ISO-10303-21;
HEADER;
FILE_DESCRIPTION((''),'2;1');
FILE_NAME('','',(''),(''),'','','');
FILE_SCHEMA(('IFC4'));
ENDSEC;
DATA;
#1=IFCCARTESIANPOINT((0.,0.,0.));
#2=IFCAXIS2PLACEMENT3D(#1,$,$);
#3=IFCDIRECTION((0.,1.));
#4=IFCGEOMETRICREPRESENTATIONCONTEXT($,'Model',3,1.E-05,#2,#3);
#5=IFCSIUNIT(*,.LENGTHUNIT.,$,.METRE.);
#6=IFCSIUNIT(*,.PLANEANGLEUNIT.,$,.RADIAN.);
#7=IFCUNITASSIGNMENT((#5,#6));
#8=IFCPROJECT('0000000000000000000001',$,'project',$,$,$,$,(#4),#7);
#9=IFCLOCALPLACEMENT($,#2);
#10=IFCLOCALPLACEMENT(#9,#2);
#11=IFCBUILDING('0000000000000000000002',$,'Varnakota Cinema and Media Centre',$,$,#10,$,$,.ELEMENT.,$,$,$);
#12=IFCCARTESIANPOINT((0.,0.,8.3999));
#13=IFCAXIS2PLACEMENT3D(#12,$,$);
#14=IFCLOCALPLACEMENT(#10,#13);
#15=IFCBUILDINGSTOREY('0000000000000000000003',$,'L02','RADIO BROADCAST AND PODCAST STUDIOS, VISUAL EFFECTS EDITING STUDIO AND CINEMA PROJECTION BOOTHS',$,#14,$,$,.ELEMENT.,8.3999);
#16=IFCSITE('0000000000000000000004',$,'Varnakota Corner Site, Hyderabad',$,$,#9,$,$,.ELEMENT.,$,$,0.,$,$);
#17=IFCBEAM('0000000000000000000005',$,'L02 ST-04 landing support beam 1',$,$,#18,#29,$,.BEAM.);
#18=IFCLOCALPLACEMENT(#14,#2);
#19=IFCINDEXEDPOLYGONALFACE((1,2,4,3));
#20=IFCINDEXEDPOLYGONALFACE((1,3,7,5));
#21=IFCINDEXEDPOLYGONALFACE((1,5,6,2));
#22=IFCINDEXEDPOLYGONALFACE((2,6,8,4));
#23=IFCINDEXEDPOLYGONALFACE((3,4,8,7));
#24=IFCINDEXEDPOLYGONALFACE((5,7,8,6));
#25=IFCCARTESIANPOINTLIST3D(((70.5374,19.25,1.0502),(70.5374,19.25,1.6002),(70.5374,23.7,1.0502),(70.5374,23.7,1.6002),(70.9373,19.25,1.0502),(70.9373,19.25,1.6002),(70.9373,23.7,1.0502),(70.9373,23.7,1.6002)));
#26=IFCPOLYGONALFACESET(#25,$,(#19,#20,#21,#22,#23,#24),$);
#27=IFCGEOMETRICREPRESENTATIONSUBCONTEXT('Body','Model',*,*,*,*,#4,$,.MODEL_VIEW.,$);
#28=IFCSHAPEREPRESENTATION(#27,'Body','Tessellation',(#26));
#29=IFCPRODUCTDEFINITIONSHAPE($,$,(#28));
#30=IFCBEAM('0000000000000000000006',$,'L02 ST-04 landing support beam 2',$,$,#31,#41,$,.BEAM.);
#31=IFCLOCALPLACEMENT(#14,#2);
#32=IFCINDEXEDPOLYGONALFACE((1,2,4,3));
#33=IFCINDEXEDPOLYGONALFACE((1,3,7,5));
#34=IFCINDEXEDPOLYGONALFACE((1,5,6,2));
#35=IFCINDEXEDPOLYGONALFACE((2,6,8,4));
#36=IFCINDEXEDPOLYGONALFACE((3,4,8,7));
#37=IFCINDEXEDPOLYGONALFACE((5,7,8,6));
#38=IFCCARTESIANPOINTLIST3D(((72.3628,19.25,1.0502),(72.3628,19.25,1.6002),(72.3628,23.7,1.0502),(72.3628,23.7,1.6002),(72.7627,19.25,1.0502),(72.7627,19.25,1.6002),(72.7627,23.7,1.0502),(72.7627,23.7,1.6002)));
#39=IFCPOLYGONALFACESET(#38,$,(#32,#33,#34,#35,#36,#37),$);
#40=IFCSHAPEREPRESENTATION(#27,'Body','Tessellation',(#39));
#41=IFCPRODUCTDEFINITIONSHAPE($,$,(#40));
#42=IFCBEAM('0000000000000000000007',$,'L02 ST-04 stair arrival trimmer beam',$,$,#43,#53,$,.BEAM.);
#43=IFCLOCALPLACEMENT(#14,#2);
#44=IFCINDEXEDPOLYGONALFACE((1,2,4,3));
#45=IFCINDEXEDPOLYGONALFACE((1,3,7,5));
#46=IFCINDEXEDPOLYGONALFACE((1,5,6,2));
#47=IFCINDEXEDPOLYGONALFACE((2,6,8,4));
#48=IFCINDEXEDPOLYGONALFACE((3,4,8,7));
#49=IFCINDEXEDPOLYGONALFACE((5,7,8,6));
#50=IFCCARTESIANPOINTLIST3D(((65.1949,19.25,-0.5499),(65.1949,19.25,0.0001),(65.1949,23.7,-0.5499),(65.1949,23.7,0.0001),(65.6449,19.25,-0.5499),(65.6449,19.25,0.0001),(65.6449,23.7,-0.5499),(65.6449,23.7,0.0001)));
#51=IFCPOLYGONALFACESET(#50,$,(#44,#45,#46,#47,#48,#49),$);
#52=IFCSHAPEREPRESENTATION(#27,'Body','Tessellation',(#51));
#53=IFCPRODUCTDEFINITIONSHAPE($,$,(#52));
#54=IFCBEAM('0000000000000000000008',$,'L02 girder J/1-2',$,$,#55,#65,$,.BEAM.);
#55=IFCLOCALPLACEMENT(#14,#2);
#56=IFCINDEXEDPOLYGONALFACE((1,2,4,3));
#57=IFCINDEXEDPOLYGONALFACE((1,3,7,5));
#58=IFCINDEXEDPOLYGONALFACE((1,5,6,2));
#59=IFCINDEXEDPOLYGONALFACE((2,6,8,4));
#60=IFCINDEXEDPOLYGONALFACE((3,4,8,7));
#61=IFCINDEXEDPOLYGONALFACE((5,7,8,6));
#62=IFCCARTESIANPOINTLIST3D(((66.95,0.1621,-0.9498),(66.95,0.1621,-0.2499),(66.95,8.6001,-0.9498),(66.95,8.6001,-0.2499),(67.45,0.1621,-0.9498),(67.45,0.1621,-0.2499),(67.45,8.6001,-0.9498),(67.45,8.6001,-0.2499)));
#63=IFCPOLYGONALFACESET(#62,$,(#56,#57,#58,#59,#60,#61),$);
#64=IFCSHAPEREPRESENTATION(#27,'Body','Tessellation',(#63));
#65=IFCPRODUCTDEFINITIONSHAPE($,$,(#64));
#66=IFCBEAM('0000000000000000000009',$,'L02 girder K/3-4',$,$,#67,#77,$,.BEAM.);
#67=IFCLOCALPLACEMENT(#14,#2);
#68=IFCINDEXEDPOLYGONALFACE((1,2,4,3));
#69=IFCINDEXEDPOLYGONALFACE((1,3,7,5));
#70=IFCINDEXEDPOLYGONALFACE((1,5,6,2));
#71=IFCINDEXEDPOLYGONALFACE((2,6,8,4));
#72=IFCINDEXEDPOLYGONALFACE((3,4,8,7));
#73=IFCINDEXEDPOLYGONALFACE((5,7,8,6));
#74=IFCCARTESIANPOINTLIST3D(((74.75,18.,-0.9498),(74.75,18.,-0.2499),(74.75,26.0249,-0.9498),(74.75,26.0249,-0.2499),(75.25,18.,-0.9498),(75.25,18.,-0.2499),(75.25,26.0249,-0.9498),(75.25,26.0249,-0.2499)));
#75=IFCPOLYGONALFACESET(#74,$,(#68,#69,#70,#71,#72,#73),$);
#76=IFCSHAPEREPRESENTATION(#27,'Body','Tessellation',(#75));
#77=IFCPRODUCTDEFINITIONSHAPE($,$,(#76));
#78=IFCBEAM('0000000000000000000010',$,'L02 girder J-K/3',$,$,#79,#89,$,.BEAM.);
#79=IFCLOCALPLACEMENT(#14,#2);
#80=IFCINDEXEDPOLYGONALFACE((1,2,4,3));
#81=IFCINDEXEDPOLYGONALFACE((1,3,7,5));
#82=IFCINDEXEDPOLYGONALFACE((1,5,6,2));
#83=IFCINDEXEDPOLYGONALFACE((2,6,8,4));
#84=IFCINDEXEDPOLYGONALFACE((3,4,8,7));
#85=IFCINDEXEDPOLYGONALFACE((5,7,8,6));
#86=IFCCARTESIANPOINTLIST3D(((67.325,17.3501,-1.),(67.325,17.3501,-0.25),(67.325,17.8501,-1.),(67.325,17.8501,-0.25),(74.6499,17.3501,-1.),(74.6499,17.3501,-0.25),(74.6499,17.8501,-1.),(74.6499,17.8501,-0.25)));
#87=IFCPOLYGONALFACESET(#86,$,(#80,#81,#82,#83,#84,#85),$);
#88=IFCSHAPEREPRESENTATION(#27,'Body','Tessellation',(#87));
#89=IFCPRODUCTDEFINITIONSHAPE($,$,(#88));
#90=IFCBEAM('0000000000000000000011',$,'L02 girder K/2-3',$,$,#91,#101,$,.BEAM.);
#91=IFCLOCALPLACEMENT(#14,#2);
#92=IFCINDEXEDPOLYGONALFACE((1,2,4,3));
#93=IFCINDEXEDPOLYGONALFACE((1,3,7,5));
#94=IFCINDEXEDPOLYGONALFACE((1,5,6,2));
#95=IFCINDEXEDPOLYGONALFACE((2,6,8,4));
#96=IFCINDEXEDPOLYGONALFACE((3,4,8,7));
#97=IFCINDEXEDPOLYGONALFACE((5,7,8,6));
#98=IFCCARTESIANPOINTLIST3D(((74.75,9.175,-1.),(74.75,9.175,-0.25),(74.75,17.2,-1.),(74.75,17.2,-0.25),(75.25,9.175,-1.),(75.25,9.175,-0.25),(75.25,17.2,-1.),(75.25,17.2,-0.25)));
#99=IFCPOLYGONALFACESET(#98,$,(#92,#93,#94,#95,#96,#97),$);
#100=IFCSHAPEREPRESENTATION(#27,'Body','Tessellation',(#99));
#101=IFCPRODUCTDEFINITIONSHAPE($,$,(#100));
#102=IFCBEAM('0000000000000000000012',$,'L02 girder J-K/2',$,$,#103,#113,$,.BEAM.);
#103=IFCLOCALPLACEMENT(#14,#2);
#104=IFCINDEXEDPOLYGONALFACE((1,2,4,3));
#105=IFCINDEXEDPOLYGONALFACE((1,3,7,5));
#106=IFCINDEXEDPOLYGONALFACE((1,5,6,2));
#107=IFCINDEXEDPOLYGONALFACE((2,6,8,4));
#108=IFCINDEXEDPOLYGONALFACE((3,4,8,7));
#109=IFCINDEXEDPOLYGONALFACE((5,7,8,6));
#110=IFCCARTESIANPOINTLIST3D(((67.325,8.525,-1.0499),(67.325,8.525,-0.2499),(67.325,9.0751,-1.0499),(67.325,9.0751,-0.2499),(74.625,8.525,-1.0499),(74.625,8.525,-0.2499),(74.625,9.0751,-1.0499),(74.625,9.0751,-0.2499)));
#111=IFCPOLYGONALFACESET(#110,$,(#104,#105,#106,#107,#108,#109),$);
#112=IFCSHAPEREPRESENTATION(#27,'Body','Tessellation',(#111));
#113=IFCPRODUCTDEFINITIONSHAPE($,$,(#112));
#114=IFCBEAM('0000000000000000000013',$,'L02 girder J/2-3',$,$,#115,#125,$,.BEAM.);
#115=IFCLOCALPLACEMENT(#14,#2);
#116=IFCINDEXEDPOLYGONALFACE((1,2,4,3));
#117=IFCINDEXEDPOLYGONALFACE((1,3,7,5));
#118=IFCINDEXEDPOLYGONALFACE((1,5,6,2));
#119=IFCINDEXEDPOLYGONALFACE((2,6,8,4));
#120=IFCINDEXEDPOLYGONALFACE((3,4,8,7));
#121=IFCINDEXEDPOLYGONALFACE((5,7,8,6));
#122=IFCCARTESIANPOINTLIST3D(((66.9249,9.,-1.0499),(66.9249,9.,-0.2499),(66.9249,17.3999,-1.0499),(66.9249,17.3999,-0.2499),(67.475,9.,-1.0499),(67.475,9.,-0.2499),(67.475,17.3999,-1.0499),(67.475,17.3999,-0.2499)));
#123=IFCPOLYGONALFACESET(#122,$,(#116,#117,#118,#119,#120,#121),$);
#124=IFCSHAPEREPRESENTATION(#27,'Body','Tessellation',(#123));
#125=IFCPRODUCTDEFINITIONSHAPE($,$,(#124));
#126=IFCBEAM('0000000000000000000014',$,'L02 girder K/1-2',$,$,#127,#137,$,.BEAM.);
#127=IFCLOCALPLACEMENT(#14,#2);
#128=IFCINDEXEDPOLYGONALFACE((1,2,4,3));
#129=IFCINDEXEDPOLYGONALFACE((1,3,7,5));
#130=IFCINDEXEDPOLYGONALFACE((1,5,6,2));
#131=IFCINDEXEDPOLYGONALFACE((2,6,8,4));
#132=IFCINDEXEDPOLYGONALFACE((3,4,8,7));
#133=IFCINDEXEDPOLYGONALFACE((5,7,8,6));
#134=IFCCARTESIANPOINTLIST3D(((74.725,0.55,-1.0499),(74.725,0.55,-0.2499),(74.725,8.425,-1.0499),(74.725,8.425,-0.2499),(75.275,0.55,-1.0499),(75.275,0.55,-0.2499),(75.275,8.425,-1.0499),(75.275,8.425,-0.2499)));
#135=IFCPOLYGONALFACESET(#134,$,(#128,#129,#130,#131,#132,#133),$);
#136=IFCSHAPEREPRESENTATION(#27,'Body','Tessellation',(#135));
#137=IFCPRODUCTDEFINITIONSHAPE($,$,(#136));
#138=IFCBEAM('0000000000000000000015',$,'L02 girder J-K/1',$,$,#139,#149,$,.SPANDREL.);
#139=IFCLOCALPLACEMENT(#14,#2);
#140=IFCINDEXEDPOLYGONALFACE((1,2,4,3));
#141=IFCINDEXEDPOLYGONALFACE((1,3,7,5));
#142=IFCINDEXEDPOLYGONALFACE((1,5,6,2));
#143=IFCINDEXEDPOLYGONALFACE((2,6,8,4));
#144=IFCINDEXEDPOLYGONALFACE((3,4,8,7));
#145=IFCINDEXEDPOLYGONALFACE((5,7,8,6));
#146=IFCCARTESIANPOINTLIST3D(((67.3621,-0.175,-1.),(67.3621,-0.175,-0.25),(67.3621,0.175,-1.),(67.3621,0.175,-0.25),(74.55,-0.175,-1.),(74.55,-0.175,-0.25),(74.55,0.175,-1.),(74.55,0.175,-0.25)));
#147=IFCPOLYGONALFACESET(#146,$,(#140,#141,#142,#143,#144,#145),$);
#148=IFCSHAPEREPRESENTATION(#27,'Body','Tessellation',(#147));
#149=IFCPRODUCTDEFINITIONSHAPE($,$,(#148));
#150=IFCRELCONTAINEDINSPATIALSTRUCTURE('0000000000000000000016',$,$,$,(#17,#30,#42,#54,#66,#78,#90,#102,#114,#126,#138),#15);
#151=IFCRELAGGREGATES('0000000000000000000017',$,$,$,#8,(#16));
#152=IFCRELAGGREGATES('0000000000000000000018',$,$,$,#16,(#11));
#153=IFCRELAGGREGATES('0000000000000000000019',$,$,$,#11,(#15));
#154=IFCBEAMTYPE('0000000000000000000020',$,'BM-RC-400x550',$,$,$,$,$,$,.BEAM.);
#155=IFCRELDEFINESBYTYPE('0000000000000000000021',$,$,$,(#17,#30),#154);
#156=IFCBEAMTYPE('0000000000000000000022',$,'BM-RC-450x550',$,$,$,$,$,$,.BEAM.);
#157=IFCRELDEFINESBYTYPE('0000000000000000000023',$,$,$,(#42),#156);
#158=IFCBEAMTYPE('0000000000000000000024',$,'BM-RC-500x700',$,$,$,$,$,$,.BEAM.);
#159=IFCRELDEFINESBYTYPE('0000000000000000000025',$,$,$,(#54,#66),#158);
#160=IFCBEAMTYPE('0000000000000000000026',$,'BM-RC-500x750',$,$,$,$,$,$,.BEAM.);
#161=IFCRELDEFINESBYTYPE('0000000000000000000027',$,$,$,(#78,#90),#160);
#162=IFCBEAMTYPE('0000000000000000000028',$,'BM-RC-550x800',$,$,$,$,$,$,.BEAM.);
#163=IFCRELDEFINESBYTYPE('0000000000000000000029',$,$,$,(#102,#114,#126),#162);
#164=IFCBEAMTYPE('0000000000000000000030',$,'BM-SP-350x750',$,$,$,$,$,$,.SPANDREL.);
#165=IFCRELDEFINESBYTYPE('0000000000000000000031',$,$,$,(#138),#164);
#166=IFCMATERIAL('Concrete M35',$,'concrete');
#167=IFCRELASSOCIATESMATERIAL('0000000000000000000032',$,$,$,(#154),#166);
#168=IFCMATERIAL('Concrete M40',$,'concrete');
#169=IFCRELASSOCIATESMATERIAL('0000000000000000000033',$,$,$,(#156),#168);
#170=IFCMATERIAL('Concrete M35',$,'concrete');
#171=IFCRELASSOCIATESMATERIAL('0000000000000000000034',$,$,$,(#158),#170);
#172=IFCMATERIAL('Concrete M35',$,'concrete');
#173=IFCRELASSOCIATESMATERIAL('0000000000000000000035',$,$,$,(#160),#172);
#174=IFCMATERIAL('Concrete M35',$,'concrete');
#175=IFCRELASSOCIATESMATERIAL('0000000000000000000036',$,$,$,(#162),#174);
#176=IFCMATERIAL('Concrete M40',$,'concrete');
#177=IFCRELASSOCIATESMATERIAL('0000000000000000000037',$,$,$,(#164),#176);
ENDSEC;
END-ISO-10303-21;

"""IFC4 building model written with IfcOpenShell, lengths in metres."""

from ifc_helpers import new_model, si_unit, direction, frame, origin, origin_2d, place, context, subcontext, project, spatial, rectangle, extrude, material, material_profile, profile_set, type_object, element, save


model = new_model("IFC4")

# Units and contexts
model_context = context("Model", 3, precision=1e-05, world=origin(), true_north=direction((0.0, 1.0)))
body_context = subcontext(model_context, "Body", "Model", "MODEL_VIEW")
ifc_project = project(units=[si_unit("LENGTHUNIT", "METRE"), si_unit("PLANEANGLEUNIT", "RADIAN")], contexts=[model_context])

# Site, building, storey
site_placement = place(None, origin())
site = spatial("IfcSite", under=ifc_project, at=site_placement, Name="Varnakota Corner Site, Hyderabad", CompositionType="ELEMENT", RefElevation=0.0)
building_placement = place(site_placement, origin())
building = spatial("IfcBuilding", under=site, at=building_placement, Name="Varnakota Cinema and Media Centre", CompositionType="ELEMENT")
storey_placement = place(building_placement, frame((0.0, 0.0, 8.3999)))
storey = spatial("IfcBuildingStorey", under=building, at=storey_placement, Name="L02", Description="RADIO BROADCAST AND PODCAST STUDIOS, VISUAL EFFECTS EDITING STUDIO AND CINEMA PROJECTION BOOTHS", CompositionType="ELEMENT", Elevation=8.3999)

# Beams
ifc_material_1 = material(Name="Concrete M35", Category="concrete")
ifc_material_profile_1 = material_profile(ifc_material_1, rectangle(XDim=0.3999, YDim=0.55, at=origin_2d()), Name="RCB 400x550")
ifc_profile_set_1 = profile_set([ifc_material_profile_1], Name="Concrete M35")
beam_type_1 = type_object("IfcBeamType", Name="BM-RC-400x550", PredefinedType="BEAM", material=ifc_profile_set_1)
for number, where, z_axis, x_axis, name in (
    (1, (70.7373, 19.25, 1.3252), (0.0, 1.0, 0.0), (-1.0, 0.0, 0.0), "L02 ST-04 landing support beam 1"),
    (2, (72.5627, 19.25, 1.3252), (0.0, 1.0, 0.0), (-1.0, 0.0, 0.0), "L02 ST-04 landing support beam 2"),
):
    element("IfcBeam", number, at=place(storey_placement, frame(where, z_axis=z_axis, x_axis=x_axis)), inside=storey, type_object=beam_type_1, Name=name, PredefinedType="BEAM", context=body_context, shape_type="SweptSolid", body=[
        extrude(rectangle(XDim=0.3999, YDim=0.55, at=origin_2d()), origin(), (0.0, 0.0, 1.0), 4.45),
    ])
ifc_material_2 = material(Name="Concrete M40", Category="concrete")
ifc_material_profile_2 = material_profile(ifc_material_2, rectangle(XDim=0.45, YDim=0.55, at=origin_2d()), Name="RCB 450x550")
ifc_profile_set_2 = profile_set([ifc_material_profile_2], Name="Concrete M40")
beam_type_2 = type_object("IfcBeamType", Name="BM-RC-450x550", PredefinedType="BEAM", material=ifc_profile_set_2)
beam_1_placement = place(storey_placement, frame((65.4199, 19.25, -0.2749), z_axis=(0.0, 1.0, 0.0), x_axis=(-1.0, 0.0, 0.0)))
element("IfcBeam", 3, at=beam_1_placement, inside=storey, type_object=beam_type_2, Name="L02 ST-04 stair arrival trimmer beam", PredefinedType="BEAM", context=body_context, shape_type="SweptSolid", body=[
    extrude(rectangle(XDim=0.45, YDim=0.55, at=origin_2d()), origin(), (0.0, 0.0, 1.0), 4.45),
])
ifc_material_3 = material(Name="Concrete M35", Category="concrete")
ifc_material_profile_3 = material_profile(ifc_material_3, rectangle(XDim=0.5, YDim=0.7, at=origin_2d()), Name="RCB 500x700")
ifc_profile_set_3 = profile_set([ifc_material_profile_3], Name="Concrete M35")
beam_type_3 = type_object("IfcBeamType", Name="BM-RC-500x700", PredefinedType="BEAM", material=ifc_profile_set_3)
beam_2_placement = place(storey_placement, frame((67.2, 0.1621, -0.5999), z_axis=(0.0, 1.0, 0.0), x_axis=(-1.0, 0.0, 0.0)))
element("IfcBeam", 4, at=beam_2_placement, inside=storey, type_object=beam_type_3, Name="L02 girder J/1-2", PredefinedType="BEAM", context=body_context, shape_type="SweptSolid", body=[
    extrude(rectangle(XDim=0.5, YDim=0.7, at=origin_2d()), origin(), (0.0, 0.0, 1.0), 8.438),
])
beam_3_placement = place(storey_placement, frame((75.0, 18.0, -0.5999), z_axis=(0.0, 1.0, 0.0), x_axis=(-1.0, 0.0, 0.0)))
element("IfcBeam", 5, at=beam_3_placement, inside=storey, type_object=beam_type_3, Name="L02 girder K/3-4", PredefinedType="BEAM", context=body_context, shape_type="SweptSolid", body=[
    extrude(rectangle(XDim=0.5, YDim=0.7, at=origin_2d()), origin(), (0.0, 0.0, 1.0), 8.0249),
])
ifc_material_4 = material(Name="Concrete M35", Category="concrete")
ifc_material_profile_4 = material_profile(ifc_material_4, rectangle(XDim=0.5, YDim=0.75, at=origin_2d()), Name="RCB 500x750")
ifc_profile_set_4 = profile_set([ifc_material_profile_4], Name="Concrete M35")
beam_type_4 = type_object("IfcBeamType", Name="BM-RC-500x750", PredefinedType="BEAM", material=ifc_profile_set_4)
beam_4_placement = place(storey_placement, frame((67.325, 17.6001, -0.625), z_axis=(1.0, 0.0, 0.0), x_axis=(0.0, 1.0, 0.0)))
element("IfcBeam", 6, at=beam_4_placement, inside=storey, type_object=beam_type_4, Name="L02 girder J-K/3", PredefinedType="BEAM", context=body_context, shape_type="SweptSolid", body=[
    extrude(rectangle(XDim=0.5, YDim=0.75, at=origin_2d()), origin(), (0.0, 0.0, 1.0), 7.325),
])
beam_5_placement = place(storey_placement, frame((75.0, 9.175, -0.625), z_axis=(0.0, 1.0, 0.0), x_axis=(-1.0, 0.0, 0.0)))
element("IfcBeam", 7, at=beam_5_placement, inside=storey, type_object=beam_type_4, Name="L02 girder K/2-3", PredefinedType="BEAM", context=body_context, shape_type="SweptSolid", body=[
    extrude(rectangle(XDim=0.5, YDim=0.75, at=origin_2d()), origin(), (0.0, 0.0, 1.0), 8.0249),
])
ifc_material_5 = material(Name="Concrete M35", Category="concrete")
ifc_material_profile_5 = material_profile(ifc_material_5, rectangle(XDim=0.55, YDim=0.8, at=origin_2d()), Name="RCB 550x800")
ifc_profile_set_5 = profile_set([ifc_material_profile_5], Name="Concrete M35")
beam_type_5 = type_object("IfcBeamType", Name="BM-RC-550x800", PredefinedType="BEAM", material=ifc_profile_set_5)
beam_6_placement = place(storey_placement, frame((67.325, 8.8, -0.6499), z_axis=(1.0, 0.0, 0.0), x_axis=(0.0, 1.0, 0.0)))
element("IfcBeam", 8, at=beam_6_placement, inside=storey, type_object=beam_type_5, Name="L02 girder J-K/2", PredefinedType="BEAM", context=body_context, shape_type="SweptSolid", body=[
    extrude(rectangle(XDim=0.55, YDim=0.8, at=origin_2d()), origin(), (0.0, 0.0, 1.0), 7.3),
])
beam_7_placement = place(storey_placement, frame((67.2, 9.0, -0.6499), z_axis=(0.0, 1.0, 0.0), x_axis=(-1.0, 0.0, 0.0)))
element("IfcBeam", 9, at=beam_7_placement, inside=storey, type_object=beam_type_5, Name="L02 girder J/2-3", PredefinedType="BEAM", context=body_context, shape_type="SweptSolid", body=[
    extrude(rectangle(XDim=0.55, YDim=0.8, at=origin_2d()), origin(), (0.0, 0.0, 1.0), 8.3999),
])
beam_8_placement = place(storey_placement, frame((75.0, 0.55, -0.6499), z_axis=(0.0, 1.0, 0.0), x_axis=(-1.0, 0.0, 0.0)))
element("IfcBeam", 10, at=beam_8_placement, inside=storey, type_object=beam_type_5, Name="L02 girder K/1-2", PredefinedType="BEAM", context=body_context, shape_type="SweptSolid", body=[
    extrude(rectangle(XDim=0.55, YDim=0.8, at=origin_2d()), origin(), (0.0, 0.0, 1.0), 7.875),
])
ifc_material_6 = material(Name="Concrete M40", Category="concrete")
ifc_material_profile_6 = material_profile(ifc_material_6, rectangle(XDim=0.3501, YDim=0.75, at=origin_2d()), Name="RCB 350x750")
ifc_profile_set_6 = profile_set([ifc_material_profile_6], Name="Concrete M40")
beam_type_6 = type_object("IfcBeamType", Name="BM-SP-350x750", PredefinedType="SPANDREL", material=ifc_profile_set_6)
beam_9_placement = place(storey_placement, frame((67.3621, 0.0, -0.625), z_axis=(1.0, 0.0, 0.0), x_axis=(0.0, 1.0, 0.0)))
element("IfcBeam", 11, at=beam_9_placement, inside=storey, type_object=beam_type_6, Name="L02 girder J-K/1", PredefinedType="SPANDREL", context=body_context, shape_type="SweptSolid", body=[
    extrude(rectangle(XDim=0.3501, YDim=0.75, at=origin_2d()), origin(), (0.0, 0.0, 1.0), 7.188),
])

save(model, "model.ifc")
